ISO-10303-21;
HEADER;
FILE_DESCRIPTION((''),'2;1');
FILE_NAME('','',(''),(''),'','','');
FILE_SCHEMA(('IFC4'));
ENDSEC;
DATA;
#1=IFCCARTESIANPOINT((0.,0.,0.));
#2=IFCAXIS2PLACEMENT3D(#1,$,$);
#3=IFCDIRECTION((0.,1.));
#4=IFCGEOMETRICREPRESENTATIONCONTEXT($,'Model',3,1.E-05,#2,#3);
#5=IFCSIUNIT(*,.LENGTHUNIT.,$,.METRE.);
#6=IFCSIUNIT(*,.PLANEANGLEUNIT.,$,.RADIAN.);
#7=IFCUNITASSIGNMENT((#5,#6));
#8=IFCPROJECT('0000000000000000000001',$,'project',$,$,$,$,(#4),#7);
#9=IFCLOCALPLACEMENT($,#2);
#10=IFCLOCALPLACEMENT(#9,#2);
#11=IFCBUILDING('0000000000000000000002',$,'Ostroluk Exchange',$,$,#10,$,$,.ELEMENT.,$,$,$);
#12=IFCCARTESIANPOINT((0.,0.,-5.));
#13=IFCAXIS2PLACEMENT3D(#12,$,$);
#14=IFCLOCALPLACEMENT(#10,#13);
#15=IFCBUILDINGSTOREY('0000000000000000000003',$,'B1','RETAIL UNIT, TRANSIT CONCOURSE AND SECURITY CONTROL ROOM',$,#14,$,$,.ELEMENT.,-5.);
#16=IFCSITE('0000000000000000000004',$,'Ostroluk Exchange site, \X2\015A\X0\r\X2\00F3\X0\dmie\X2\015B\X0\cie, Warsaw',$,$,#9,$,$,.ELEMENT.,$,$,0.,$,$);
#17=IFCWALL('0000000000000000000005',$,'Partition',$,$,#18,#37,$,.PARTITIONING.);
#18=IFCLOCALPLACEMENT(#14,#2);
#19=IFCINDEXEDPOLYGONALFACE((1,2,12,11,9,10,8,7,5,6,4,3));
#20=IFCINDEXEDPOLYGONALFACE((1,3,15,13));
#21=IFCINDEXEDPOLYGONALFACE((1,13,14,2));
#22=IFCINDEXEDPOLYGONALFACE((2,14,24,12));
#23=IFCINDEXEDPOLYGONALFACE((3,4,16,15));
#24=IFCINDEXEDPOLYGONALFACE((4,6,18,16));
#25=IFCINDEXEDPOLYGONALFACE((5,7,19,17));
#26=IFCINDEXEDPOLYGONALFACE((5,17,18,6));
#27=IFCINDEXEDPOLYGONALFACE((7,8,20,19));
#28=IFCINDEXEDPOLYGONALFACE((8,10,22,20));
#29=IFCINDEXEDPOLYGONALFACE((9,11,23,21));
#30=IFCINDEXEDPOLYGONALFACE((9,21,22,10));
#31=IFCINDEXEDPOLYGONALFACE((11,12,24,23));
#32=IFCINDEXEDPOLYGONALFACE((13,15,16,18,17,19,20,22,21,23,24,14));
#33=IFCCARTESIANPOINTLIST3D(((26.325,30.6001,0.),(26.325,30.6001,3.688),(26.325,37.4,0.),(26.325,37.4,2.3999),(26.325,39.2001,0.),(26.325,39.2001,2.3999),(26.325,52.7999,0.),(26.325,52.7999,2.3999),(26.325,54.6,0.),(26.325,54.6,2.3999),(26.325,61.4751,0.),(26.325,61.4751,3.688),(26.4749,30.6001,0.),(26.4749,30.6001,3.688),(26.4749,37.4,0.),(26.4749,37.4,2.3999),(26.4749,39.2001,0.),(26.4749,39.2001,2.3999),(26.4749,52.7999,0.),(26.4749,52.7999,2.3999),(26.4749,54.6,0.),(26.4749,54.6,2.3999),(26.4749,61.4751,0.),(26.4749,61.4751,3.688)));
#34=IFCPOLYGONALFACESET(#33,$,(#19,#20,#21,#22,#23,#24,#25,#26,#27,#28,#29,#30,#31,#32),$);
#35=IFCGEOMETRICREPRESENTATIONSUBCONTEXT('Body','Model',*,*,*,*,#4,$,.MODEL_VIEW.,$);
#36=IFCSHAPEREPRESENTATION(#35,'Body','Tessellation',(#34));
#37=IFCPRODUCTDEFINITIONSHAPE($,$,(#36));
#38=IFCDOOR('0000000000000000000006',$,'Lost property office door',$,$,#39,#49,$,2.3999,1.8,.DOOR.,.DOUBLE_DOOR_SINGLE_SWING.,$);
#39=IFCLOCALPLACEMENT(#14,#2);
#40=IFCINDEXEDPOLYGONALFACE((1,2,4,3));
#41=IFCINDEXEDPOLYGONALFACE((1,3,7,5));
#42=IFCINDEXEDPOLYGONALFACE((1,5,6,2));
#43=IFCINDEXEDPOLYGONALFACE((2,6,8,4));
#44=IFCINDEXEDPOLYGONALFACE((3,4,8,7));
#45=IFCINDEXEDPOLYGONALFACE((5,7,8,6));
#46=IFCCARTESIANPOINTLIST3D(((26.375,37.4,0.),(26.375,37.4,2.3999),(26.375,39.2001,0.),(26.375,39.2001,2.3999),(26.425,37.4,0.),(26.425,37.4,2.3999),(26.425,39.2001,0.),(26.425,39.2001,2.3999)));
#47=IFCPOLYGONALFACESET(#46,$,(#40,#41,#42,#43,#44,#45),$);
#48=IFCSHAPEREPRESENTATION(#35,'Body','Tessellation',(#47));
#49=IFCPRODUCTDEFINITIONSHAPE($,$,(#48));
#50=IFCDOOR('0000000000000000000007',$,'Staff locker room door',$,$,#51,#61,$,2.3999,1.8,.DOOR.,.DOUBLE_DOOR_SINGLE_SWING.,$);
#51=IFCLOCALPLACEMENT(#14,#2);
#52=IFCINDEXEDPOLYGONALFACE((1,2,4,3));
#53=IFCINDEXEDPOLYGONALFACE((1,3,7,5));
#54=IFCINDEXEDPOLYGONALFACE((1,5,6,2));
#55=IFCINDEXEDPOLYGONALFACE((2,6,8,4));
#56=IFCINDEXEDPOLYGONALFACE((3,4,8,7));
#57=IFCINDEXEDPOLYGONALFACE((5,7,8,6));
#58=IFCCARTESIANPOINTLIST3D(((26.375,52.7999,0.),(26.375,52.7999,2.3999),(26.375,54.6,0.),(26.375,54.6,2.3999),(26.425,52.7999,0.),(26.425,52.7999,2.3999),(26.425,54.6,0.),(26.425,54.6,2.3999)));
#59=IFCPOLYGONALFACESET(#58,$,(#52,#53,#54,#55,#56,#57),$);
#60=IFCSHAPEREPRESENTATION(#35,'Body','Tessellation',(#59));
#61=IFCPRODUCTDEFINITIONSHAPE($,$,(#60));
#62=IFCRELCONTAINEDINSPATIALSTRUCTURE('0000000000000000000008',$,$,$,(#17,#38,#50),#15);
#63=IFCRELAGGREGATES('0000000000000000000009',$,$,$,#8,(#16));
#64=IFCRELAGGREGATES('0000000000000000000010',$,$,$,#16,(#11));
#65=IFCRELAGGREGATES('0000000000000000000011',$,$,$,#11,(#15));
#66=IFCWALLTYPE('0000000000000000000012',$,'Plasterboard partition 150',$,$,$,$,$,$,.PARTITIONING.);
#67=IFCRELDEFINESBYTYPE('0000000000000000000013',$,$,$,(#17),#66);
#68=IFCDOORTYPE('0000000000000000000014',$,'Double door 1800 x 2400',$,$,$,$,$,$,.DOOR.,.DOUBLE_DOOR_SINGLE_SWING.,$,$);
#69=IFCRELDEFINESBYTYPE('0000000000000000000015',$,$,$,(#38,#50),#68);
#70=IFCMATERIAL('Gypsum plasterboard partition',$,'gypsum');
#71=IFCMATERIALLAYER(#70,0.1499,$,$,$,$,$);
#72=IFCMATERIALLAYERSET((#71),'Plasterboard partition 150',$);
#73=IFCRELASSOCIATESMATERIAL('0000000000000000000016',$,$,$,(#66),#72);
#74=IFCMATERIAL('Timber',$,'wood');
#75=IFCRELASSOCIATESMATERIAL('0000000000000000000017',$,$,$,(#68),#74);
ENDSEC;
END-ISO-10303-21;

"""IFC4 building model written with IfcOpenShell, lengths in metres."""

from ifc_helpers import new_model, si_unit, direction, frame, frame_2d, origin, place, context, subcontext, project, spatial, rectangle, extrude, material, layer, layer_set, type_object, element, fill, save


model = new_model("IFC4")

# Units and contexts
model_context = context("Model", 3, precision=1e-05, world=origin(), true_north=direction((0.0, 1.0)))
body_context = subcontext(model_context, "Body", "Model", "MODEL_VIEW")
ifc_project = project(units=[si_unit("LENGTHUNIT", "METRE"), si_unit("PLANEANGLEUNIT", "RADIAN")], contexts=[model_context])

# Site, building, storey
site_placement = place(None, origin())
site = spatial("IfcSite", under=ifc_project, at=site_placement, Name="Ostroluk Exchange site, Śródmieście, Warsaw", CompositionType="ELEMENT", RefElevation=0.0)
building_placement = place(site_placement, origin())
building = spatial("IfcBuilding", under=site, at=building_placement, Name="Ostroluk Exchange", CompositionType="ELEMENT")
storey_placement = place(building_placement, frame((0.0, 0.0, -5.0)))
storey = spatial("IfcBuildingStorey", under=building, at=storey_placement, Name="B1", Description="RETAIL UNIT, TRANSIT CONCOURSE AND SECURITY CONTROL ROOM", CompositionType="ELEMENT", Elevation=-5.0)

# Wall, openings, doors
ifc_material_1 = material(Name="Gypsum plasterboard partition", Category="gypsum")
ifc_layer_1 = layer(ifc_material_1, 0.1499)
ifc_layer_set_1 = layer_set([ifc_layer_1], Name="Plasterboard partition 150")
wall_type_1 = type_object("IfcWallType", Name="Plasterboard partition 150", PredefinedType="PARTITIONING", material=ifc_layer_set_1)
wall_1_placement = place(storey_placement, frame((26.3999, 30.6001, 0.0), z_axis=(0.0, 0.0, 1.0), x_axis=(0.0, 1.0, 0.0)))
wall_1 = element("IfcWall", 1, at=wall_1_placement, inside=storey, type_object=wall_type_1, Name="Partition", PredefinedType="PARTITIONING", context=body_context, shape_type="SweptSolid", body=[
    extrude(rectangle(XDim=30.875, YDim=0.1499, at=frame_2d((15.4375, 0.0))), origin(), (0.0, 0.0, 1.0), 3.688),
])
opening_1_placement = place(wall_1_placement, frame((6.8, 0.0, 0.0)))
opening_1 = element("IfcOpeningElement", 2, at=opening_1_placement, cuts=wall_1, PredefinedType="OPENING", context=body_context, shape_type="SweptSolid", body=[
    extrude(rectangle(XDim=1.8, YDim=2.3999, at=frame_2d((0.8999, 1.2))), frame((0.0, 0.085, 0.0), z_axis=(0.0, -1.0, 0.0), x_axis=(1.0, 0.0, 0.0)), (0.0, 0.0, 1.0), 0.1699),
])
opening_2_placement = place(wall_1_placement, frame((22.2, 0.0, 0.0)))
opening_2 = element("IfcOpeningElement", 3, at=opening_2_placement, cuts=wall_1, PredefinedType="OPENING", context=body_context, shape_type="SweptSolid", body=[
    extrude(rectangle(XDim=1.8, YDim=2.3999, at=frame_2d((0.8999, 1.2))), frame((0.0, 0.085, 0.0), z_axis=(0.0, -1.0, 0.0), x_axis=(1.0, 0.0, 0.0)), (0.0, 0.0, 1.0), 0.1699),
])
ifc_material_2 = material(Name="Timber", Category="wood")
door_type_1 = type_object("IfcDoorType", Name="Double door 1800 x 2400", OperationType="DOUBLE_DOOR_SINGLE_SWING", PredefinedType="DOOR", material=ifc_material_2)
door_1_placement = place(opening_1_placement, origin())
door_1 = element("IfcDoor", 4, at=door_1_placement, inside=storey, type_object=door_type_1, Name="Lost property office door", OperationType="DOUBLE_DOOR_SINGLE_SWING", OverallHeight=2.3999, OverallWidth=1.8, PredefinedType="DOOR", context=body_context, shape_type="SweptSolid", body=[
    extrude(rectangle(XDim=1.8, YDim=2.3999, at=frame_2d((0.8999, 1.2))), frame((0.0, 0.0249, 0.0), z_axis=(0.0, -1.0, 0.0), x_axis=(1.0, 0.0, 0.0)), (0.0, 0.0, 1.0), 0.05),
])
fill(opening_1, door_1)
door_2_placement = place(opening_2_placement, origin())
door_2 = element("IfcDoor", 5, at=door_2_placement, inside=storey, type_object=door_type_1, Name="Staff locker room door", OperationType="DOUBLE_DOOR_SINGLE_SWING", OverallHeight=2.3999, OverallWidth=1.8, PredefinedType="DOOR", context=body_context, shape_type="SweptSolid", body=[
    extrude(rectangle(XDim=1.8, YDim=2.3999, at=frame_2d((0.8999, 1.2))), frame((0.0, 0.0249, 0.0), z_axis=(0.0, -1.0, 0.0), x_axis=(1.0, 0.0, 0.0)), (0.0, 0.0, 1.0), 0.05),
])
fill(opening_2, door_2)

save(model, "model.ifc")
